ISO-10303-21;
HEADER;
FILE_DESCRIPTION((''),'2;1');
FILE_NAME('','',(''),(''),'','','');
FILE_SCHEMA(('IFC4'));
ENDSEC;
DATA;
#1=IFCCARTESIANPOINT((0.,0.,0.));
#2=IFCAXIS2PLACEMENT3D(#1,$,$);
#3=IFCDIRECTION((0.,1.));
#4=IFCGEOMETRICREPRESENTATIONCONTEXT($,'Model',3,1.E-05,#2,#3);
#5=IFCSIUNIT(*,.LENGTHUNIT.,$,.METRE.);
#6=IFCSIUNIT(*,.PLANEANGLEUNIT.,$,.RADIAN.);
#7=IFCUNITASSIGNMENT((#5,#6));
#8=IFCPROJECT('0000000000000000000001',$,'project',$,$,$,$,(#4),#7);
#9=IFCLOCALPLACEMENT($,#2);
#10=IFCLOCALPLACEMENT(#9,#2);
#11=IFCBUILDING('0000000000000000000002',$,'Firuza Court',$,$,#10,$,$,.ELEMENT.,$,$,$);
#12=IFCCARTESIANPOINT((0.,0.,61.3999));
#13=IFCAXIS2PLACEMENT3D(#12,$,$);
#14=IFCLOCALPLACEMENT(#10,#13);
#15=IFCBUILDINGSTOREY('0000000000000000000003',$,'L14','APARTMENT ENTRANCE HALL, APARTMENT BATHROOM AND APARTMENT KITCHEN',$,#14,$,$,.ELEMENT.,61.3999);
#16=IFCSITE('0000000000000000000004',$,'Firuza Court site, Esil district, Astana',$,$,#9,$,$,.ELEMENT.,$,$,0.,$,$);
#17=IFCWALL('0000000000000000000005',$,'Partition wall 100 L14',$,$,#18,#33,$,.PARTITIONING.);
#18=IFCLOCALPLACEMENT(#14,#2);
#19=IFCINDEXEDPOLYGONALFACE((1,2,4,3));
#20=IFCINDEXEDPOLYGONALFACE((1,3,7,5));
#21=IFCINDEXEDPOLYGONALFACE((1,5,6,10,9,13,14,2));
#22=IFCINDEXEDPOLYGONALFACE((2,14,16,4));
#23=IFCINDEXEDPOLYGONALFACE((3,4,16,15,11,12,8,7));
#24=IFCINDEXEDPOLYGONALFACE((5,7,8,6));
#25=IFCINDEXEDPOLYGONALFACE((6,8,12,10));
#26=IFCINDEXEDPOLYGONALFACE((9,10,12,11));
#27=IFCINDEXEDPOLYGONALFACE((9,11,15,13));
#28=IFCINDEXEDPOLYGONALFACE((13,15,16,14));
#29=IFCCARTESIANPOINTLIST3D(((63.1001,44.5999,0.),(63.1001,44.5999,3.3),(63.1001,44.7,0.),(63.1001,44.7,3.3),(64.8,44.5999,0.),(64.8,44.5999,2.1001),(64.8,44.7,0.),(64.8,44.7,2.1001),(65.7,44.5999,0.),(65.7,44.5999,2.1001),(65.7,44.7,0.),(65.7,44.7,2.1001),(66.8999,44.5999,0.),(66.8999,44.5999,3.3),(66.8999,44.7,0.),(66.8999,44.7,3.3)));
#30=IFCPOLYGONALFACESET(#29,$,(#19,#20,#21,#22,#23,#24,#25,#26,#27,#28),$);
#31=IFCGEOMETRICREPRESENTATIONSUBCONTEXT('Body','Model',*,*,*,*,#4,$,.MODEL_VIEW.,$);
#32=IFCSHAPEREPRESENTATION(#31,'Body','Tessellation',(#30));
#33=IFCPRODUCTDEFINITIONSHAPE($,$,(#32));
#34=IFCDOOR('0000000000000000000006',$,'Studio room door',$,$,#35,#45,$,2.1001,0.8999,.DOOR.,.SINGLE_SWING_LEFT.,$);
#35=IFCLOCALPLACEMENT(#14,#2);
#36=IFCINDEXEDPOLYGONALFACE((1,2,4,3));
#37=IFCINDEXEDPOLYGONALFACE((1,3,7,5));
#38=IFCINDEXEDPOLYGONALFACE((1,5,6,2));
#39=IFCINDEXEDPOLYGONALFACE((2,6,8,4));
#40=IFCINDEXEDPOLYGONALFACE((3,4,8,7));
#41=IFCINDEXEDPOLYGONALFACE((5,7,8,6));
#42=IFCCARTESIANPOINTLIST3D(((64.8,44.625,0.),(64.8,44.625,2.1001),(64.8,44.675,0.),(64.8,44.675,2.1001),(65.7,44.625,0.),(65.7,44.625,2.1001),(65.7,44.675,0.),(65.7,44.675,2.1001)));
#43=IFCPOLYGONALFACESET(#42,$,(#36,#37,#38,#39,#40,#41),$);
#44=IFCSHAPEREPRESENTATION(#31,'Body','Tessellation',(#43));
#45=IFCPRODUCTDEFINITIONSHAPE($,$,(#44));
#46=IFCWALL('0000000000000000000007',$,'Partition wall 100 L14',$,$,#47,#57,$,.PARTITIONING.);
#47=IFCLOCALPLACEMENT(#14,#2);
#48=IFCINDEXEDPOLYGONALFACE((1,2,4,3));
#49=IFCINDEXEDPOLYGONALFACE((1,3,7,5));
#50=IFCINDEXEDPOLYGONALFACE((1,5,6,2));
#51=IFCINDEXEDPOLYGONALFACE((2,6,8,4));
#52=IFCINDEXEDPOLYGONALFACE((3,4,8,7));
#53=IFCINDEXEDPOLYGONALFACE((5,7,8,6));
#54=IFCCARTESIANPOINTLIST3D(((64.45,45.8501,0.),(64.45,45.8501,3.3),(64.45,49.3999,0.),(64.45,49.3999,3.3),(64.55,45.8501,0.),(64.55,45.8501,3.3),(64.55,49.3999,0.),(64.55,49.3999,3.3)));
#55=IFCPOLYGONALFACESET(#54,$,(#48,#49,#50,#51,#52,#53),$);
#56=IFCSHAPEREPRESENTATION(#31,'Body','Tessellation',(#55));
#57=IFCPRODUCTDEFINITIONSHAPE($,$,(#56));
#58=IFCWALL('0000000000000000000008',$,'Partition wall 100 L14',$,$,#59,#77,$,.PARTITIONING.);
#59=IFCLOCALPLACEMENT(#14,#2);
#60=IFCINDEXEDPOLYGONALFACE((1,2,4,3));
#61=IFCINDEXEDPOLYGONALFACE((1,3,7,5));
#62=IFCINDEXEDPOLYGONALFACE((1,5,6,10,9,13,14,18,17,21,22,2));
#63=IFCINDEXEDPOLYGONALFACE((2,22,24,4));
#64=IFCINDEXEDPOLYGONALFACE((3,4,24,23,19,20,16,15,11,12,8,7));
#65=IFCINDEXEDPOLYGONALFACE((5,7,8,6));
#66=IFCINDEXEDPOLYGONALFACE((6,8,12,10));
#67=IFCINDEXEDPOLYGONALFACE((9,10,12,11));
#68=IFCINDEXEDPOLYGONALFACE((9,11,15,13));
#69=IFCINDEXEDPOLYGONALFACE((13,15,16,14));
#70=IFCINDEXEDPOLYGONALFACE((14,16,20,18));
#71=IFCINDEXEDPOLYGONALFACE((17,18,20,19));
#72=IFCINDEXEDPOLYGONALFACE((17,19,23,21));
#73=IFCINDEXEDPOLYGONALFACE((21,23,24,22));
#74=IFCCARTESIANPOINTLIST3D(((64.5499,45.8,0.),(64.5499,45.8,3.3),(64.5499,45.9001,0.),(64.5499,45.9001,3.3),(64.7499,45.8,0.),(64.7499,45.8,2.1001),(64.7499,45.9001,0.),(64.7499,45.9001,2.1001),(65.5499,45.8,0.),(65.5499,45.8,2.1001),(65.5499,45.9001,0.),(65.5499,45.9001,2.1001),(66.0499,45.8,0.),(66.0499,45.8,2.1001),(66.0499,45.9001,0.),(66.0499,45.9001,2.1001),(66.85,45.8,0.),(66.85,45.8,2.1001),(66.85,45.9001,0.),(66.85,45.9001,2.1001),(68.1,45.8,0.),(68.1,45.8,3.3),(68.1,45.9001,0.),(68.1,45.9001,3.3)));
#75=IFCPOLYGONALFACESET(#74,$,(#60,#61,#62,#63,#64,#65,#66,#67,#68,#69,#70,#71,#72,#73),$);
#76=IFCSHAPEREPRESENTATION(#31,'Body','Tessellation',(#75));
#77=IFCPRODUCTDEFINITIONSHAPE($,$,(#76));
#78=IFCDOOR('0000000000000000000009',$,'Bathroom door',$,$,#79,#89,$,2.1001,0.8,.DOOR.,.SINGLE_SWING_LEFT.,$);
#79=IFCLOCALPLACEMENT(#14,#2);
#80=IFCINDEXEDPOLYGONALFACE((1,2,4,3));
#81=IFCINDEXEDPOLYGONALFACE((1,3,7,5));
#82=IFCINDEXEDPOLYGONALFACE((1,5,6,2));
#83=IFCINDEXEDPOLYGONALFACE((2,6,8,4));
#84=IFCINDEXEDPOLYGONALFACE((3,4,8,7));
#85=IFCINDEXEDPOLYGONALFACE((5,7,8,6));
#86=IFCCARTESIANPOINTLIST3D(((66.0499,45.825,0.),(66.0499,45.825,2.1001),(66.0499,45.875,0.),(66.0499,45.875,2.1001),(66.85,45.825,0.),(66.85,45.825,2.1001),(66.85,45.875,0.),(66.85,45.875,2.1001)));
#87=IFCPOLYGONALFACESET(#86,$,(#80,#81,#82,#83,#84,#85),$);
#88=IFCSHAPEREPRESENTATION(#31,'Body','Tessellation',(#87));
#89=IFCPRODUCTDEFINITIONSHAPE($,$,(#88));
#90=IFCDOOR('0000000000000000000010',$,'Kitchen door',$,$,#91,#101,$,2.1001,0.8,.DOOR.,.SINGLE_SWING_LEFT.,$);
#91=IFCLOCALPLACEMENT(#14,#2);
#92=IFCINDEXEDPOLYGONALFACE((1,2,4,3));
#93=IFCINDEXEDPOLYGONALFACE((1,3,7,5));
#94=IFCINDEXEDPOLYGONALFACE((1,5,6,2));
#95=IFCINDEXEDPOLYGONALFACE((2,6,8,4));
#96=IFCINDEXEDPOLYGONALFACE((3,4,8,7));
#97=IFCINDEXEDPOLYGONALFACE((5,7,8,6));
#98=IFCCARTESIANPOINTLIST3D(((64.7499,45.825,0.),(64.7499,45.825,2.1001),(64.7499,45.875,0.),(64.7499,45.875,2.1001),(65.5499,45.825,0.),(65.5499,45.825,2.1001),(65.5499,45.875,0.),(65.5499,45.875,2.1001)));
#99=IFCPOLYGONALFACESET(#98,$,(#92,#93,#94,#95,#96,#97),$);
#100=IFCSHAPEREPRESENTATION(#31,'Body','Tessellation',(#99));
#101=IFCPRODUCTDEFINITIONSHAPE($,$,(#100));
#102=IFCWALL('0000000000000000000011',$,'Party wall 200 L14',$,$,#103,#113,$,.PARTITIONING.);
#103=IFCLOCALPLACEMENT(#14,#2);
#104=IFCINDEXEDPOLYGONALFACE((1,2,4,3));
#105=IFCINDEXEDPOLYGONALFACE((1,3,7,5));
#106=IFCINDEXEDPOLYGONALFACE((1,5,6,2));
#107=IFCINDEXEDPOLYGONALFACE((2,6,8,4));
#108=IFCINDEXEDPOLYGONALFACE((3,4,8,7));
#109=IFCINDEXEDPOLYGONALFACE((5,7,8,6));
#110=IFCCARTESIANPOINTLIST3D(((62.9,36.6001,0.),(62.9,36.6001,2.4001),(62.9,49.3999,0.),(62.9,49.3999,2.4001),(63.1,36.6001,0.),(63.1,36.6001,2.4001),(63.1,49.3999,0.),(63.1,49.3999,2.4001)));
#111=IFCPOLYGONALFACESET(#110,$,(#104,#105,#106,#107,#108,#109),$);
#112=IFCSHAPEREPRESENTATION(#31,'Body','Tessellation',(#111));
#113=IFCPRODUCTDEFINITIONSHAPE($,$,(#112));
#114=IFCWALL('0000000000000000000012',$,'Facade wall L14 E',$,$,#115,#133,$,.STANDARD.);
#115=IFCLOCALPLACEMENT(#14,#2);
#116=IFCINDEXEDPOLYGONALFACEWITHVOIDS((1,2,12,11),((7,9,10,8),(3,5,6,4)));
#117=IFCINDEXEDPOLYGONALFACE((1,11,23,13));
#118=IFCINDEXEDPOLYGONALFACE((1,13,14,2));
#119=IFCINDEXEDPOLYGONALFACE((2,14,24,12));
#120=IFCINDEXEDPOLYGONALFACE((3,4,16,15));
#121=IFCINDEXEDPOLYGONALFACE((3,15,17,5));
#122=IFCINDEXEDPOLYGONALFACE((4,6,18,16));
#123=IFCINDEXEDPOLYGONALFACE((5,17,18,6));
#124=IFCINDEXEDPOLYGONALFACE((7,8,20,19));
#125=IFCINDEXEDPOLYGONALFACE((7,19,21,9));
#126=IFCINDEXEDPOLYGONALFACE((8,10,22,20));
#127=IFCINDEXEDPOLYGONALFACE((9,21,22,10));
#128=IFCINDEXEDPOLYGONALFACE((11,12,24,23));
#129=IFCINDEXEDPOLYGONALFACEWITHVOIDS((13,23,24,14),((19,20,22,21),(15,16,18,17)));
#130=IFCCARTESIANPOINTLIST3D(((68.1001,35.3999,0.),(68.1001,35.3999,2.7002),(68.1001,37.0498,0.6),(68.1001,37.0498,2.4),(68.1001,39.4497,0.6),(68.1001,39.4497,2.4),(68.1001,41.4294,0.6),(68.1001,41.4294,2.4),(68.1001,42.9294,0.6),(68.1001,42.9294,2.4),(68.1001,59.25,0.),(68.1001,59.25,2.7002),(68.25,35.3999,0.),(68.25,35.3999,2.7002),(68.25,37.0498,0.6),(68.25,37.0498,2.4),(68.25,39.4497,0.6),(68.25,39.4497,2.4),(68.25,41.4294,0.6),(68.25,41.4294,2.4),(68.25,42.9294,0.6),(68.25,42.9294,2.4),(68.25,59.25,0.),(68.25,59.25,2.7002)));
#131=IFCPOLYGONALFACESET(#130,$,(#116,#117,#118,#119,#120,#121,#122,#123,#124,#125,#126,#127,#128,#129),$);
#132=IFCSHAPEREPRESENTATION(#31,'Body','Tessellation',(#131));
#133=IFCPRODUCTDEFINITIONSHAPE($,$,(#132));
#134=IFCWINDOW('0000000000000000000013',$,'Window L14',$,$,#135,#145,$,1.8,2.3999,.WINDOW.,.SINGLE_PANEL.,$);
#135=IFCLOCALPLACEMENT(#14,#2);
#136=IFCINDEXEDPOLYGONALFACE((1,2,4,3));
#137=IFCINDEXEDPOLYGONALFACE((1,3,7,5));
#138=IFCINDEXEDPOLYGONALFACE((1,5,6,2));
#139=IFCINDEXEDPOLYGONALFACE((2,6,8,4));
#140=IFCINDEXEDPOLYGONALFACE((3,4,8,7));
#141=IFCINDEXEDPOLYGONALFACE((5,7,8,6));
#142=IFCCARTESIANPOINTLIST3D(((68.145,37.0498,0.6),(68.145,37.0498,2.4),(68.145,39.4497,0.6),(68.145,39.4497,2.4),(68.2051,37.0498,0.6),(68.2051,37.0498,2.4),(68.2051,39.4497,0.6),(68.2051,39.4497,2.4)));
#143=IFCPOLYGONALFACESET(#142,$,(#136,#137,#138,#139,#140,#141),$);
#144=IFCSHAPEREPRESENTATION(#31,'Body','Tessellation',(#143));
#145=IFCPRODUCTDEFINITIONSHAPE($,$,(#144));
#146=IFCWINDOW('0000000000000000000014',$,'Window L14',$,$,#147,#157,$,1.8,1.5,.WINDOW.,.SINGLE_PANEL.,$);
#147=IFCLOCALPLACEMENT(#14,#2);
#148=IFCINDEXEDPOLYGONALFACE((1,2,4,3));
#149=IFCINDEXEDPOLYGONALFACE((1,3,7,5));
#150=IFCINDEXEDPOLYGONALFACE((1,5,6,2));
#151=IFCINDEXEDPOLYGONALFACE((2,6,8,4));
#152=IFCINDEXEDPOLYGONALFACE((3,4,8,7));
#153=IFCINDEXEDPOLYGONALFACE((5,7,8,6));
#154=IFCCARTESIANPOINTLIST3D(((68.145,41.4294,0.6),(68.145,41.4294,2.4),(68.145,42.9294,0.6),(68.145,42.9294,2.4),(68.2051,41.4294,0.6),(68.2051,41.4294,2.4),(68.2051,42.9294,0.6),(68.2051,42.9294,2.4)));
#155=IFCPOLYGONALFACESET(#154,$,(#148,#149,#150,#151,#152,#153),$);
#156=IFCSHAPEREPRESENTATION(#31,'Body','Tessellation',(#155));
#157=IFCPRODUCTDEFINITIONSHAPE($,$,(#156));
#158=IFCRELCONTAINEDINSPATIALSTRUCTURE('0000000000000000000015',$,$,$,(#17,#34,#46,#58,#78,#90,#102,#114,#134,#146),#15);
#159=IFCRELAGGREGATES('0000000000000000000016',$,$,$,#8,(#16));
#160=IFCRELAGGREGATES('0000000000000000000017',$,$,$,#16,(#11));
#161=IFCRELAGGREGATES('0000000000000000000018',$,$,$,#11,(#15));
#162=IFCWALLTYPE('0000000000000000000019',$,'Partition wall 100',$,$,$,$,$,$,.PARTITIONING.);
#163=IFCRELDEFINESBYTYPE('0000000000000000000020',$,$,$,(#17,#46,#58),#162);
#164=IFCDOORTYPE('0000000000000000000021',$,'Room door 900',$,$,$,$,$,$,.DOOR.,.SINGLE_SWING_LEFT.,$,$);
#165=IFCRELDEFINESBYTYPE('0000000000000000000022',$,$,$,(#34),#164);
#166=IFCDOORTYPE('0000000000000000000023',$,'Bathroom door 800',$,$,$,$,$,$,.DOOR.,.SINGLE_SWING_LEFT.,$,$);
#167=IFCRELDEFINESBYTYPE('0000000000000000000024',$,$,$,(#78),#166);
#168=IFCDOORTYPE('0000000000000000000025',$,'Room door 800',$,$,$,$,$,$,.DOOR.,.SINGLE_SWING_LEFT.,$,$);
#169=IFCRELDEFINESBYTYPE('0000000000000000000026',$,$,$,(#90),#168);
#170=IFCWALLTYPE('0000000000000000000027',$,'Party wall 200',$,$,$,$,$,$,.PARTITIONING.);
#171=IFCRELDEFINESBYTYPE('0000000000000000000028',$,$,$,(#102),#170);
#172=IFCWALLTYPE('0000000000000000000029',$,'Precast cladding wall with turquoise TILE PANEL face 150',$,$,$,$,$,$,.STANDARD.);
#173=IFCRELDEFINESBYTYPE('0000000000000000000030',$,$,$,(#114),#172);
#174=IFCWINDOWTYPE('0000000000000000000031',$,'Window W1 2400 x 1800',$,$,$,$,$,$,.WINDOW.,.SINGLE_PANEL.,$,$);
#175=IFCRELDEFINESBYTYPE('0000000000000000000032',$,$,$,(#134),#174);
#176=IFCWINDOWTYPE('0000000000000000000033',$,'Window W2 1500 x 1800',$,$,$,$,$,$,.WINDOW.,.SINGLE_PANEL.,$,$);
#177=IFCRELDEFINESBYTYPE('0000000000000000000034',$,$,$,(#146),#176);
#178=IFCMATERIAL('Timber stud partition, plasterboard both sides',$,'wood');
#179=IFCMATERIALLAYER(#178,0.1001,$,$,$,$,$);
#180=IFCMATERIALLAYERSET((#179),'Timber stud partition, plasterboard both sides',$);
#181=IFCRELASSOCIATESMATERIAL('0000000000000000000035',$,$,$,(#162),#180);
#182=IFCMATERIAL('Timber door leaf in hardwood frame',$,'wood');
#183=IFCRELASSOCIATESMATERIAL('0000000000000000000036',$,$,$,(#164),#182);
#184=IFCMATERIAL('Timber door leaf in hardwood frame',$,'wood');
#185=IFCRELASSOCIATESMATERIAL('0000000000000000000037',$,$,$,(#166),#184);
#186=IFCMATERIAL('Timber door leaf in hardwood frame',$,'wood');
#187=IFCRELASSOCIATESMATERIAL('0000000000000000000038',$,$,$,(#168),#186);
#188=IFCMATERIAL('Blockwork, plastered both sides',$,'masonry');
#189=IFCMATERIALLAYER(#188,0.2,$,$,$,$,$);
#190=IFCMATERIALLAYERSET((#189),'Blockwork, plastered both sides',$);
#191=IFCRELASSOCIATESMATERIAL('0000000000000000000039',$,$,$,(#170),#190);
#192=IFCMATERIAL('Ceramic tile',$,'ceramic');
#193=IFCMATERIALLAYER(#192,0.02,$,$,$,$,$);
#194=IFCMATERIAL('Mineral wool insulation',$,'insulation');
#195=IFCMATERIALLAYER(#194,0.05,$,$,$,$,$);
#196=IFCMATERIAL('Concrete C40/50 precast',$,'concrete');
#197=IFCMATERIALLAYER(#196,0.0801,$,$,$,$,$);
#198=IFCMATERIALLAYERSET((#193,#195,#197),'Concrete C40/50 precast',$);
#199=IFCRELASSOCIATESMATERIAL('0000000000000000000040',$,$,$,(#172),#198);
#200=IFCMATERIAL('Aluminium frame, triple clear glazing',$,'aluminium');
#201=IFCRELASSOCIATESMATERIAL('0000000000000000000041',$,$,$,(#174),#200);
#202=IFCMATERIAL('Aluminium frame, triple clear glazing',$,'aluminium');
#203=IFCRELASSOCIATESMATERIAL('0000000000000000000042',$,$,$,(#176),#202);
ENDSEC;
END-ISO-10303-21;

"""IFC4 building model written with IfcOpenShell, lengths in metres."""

from ifc_helpers import new_model, si_unit, direction, frame, frame_2d, origin, place, context, subcontext, project, spatial, rectangle, extrude, material, layer, layer_set, type_object, element, fill, save


model = new_model("IFC4")

# Units and contexts
model_context = context("Model", 3, precision=1e-05, world=origin(), true_north=direction((0.0, 1.0)))
body_context = subcontext(model_context, "Body", "Model", "MODEL_VIEW")
ifc_project = project(units=[si_unit("LENGTHUNIT", "METRE"), si_unit("PLANEANGLEUNIT", "RADIAN")], contexts=[model_context])

# Site, building, storey
site_placement = place(None, origin())
site = spatial("IfcSite", under=ifc_project, at=site_placement, Name="Firuza Court site, Esil district, Astana", CompositionType="ELEMENT", RefElevation=0.0)
building_placement = place(site_placement, origin())
building = spatial("IfcBuilding", under=site, at=building_placement, Name="Firuza Court", CompositionType="ELEMENT")
storey_placement = place(building_placement, frame((0.0, 0.0, 61.3999)))
storey = spatial("IfcBuildingStorey", under=building, at=storey_placement, Name="L14", Description="APARTMENT ENTRANCE HALL, APARTMENT BATHROOM AND APARTMENT KITCHEN", CompositionType="ELEMENT", Elevation=61.3999)

# Shared definitions
ifc_material_1 = material(Name="Timber stud partition, plasterboard both sides", Category="wood")
ifc_layer_1 = layer(ifc_material_1, 0.1001)
ifc_layer_set_1 = layer_set([ifc_layer_1], Name="Timber stud partition, plasterboard both sides")
wall_type_1 = type_object("IfcWallType", Name="Partition wall 100", PredefinedType="PARTITIONING", material=ifc_layer_set_1)

# Wall, opening, door
wall_1_placement = place(storey_placement, frame((63.1001, 44.6499, 0.0), z_axis=(0.0, 0.0, 1.0), x_axis=(1.0, 0.0, 0.0)))
wall_1 = element("IfcWall", 1, at=wall_1_placement, inside=storey, type_object=wall_type_1, Name="Partition wall 100 L14", PredefinedType="PARTITIONING", context=body_context, shape_type="SweptSolid", body=[
    extrude(rectangle(XDim=3.7998, YDim=0.1001, at=frame_2d((1.8999, 0.0))), origin(), (0.0, 0.0, 1.0), 3.3),
])
opening_1_placement = place(wall_1_placement, frame((1.7, 0.0, 0.0)))
opening_1 = element("IfcOpeningElement", 2, at=opening_1_placement, cuts=wall_1, PredefinedType="OPENING", context=body_context, shape_type="SweptSolid", body=[
    extrude(rectangle(XDim=0.8999, YDim=2.1001, at=frame_2d((0.45, 1.05))), frame((0.0, 0.062, 0.0), z_axis=(0.0, -1.0, 0.0), x_axis=(1.0, 0.0, 0.0)), (0.0, 0.0, 1.0), 0.124),
])
ifc_material_2 = material(Name="Timber door leaf in hardwood frame", Category="wood")
door_type_1 = type_object("IfcDoorType", Name="Room door 900", OperationType="SINGLE_SWING_LEFT", PredefinedType="DOOR", material=ifc_material_2)
door_1_placement = place(opening_1_placement, frame((0.8999, 0.0, 0.0), z_axis=(0.0, 0.0, 1.0), x_axis=(-1.0, 0.0, 0.0)))
door_1 = element("IfcDoor", 3, at=door_1_placement, inside=storey, type_object=door_type_1, Name="Studio room door", OperationType="SINGLE_SWING_LEFT", OverallHeight=2.1001, OverallWidth=0.8999, PredefinedType="DOOR", context=body_context, shape_type="SweptSolid", body=[
    extrude(rectangle(XDim=0.8999, YDim=2.1001, at=frame_2d((0.45, 1.05))), frame((0.0, 0.0249, 0.0), z_axis=(0.0, -1.0, 0.0), x_axis=(1.0, 0.0, 0.0)), (0.0, 0.0, 1.0), 0.05),
])
fill(opening_1, door_1)

# Wall
wall_2_placement = place(storey_placement, frame((64.5, 45.8501, 0.0), z_axis=(0.0, 0.0, 1.0), x_axis=(0.0, 1.0, 0.0)))
element("IfcWall", 4, at=wall_2_placement, inside=storey, type_object=wall_type_1, Name="Partition wall 100 L14", PredefinedType="PARTITIONING", context=body_context, shape_type="SweptSolid", body=[
    extrude(rectangle(XDim=3.5498, YDim=0.1001, at=frame_2d((1.7749, 0.0))), origin(), (0.0, 0.0, 1.0), 3.3),
])

# Wall, openings, doors
wall_3_placement = place(storey_placement, frame((64.55, 45.8501, 0.0), z_axis=(0.0, 0.0, 1.0), x_axis=(1.0, 0.0, 0.0)))
wall_3 = element("IfcWall", 5, at=wall_3_placement, inside=storey, type_object=wall_type_1, Name="Partition wall 100 L14", PredefinedType="PARTITIONING", context=body_context, shape_type="SweptSolid", body=[
    extrude(rectangle(XDim=3.55, YDim=0.1001, at=frame_2d((1.7749, 0.0))), origin(), (0.0, 0.0, 1.0), 3.3),
])
opening_2_placement = place(wall_3_placement, frame((1.5, 0.0, 0.0)))
opening_2 = element("IfcOpeningElement", 6, at=opening_2_placement, cuts=wall_3, PredefinedType="OPENING", context=body_context, shape_type="SweptSolid", body=[
    extrude(rectangle(XDim=0.8, YDim=2.1001, at=frame_2d((0.3999, 1.05))), frame((0.0, 0.062, 0.0), z_axis=(0.0, -1.0, 0.0), x_axis=(1.0, 0.0, 0.0)), (0.0, 0.0, 1.0), 0.124),
])
opening_3_placement = place(wall_3_placement, frame((0.2, 0.0, 0.0)))
opening_3 = element("IfcOpeningElement", 7, at=opening_3_placement, cuts=wall_3, PredefinedType="OPENING", context=body_context, shape_type="SweptSolid", body=[
    extrude(rectangle(XDim=0.8, YDim=2.1001, at=frame_2d((0.3999, 1.05))), frame((0.0, 0.062, 0.0), z_axis=(0.0, -1.0, 0.0), x_axis=(1.0, 0.0, 0.0)), (0.0, 0.0, 1.0), 0.124),
])
ifc_material_3 = material(Name="Timber door leaf in hardwood frame", Category="wood")
door_type_2 = type_object("IfcDoorType", Name="Bathroom door 800", OperationType="SINGLE_SWING_LEFT", PredefinedType="DOOR", material=ifc_material_3)
door_2_placement = place(opening_2_placement, origin())
door_2 = element("IfcDoor", 8, at=door_2_placement, inside=storey, type_object=door_type_2, Name="Bathroom door", OperationType="SINGLE_SWING_LEFT", OverallHeight=2.1001, OverallWidth=0.8, PredefinedType="DOOR", context=body_context, shape_type="SweptSolid", body=[
    extrude(rectangle(XDim=0.8, YDim=2.1001, at=frame_2d((0.3999, 1.05))), frame((0.0, 0.0249, 0.0), z_axis=(0.0, -1.0, 0.0), x_axis=(1.0, 0.0, 0.0)), (0.0, 0.0, 1.0), 0.05),
])
fill(opening_2, door_2)
ifc_material_4 = material(Name="Timber door leaf in hardwood frame", Category="wood")
door_type_3 = type_object("IfcDoorType", Name="Room door 800", OperationType="SINGLE_SWING_LEFT", PredefinedType="DOOR", material=ifc_material_4)
door_3_placement = place(opening_3_placement, origin())
door_3 = element("IfcDoor", 9, at=door_3_placement, inside=storey, type_object=door_type_3, Name="Kitchen door", OperationType="SINGLE_SWING_LEFT", OverallHeight=2.1001, OverallWidth=0.8, PredefinedType="DOOR", context=body_context, shape_type="SweptSolid", body=[
    extrude(rectangle(XDim=0.8, YDim=2.1001, at=frame_2d((0.3999, 1.05))), frame((0.0, 0.0249, 0.0), z_axis=(0.0, -1.0, 0.0), x_axis=(1.0, 0.0, 0.0)), (0.0, 0.0, 1.0), 0.05),
])
fill(opening_3, door_3)

# Wall
ifc_material_5 = material(Name="Blockwork, plastered both sides", Category="masonry")
ifc_layer_2 = layer(ifc_material_5, 0.2)
ifc_layer_set_2 = layer_set([ifc_layer_2], Name="Blockwork, plastered both sides")
wall_type_2 = type_object("IfcWallType", Name="Party wall 200", PredefinedType="PARTITIONING", material=ifc_layer_set_2)
wall_4_placement = place(storey_placement, frame((63.0, 36.6001, 0.0), z_axis=(0.0, 0.0, 1.0), x_axis=(0.0, 1.0, 0.0)))
element("IfcWall", 10, at=wall_4_placement, inside=storey, type_object=wall_type_2, Name="Party wall 200 L14", PredefinedType="PARTITIONING", context=body_context, shape_type="SweptSolid", body=[
    extrude(rectangle(XDim=12.7998, YDim=0.2, at=frame_2d((6.3999, 0.0))), origin(), (0.0, 0.0, 1.0), 2.4001),
])

# Wall, openings, windows
ifc_material_6 = material(Name="Ceramic tile", Category="ceramic")
ifc_layer_3 = layer(ifc_material_6, 0.02)
ifc_material_7 = material(Name="Mineral wool insulation", Category="insulation")
ifc_layer_4 = layer(ifc_material_7, 0.05)
ifc_material_8 = material(Name="Concrete C40/50 precast", Category="concrete")
ifc_layer_5 = layer(ifc_material_8, 0.0801)
ifc_layer_set_3 = layer_set([ifc_layer_3, ifc_layer_4, ifc_layer_5], Name="Concrete C40/50 precast")
wall_type_3 = type_object("IfcWallType", Name="Precast cladding wall with turquoise TILE PANEL face 150", PredefinedType="STANDARD", material=ifc_layer_set_3)
wall_5_placement = place(storey_placement, frame((68.175, 35.3999, 0.0), z_axis=(0.0, 0.0, 1.0), x_axis=(0.0, 1.0, 0.0)))
wall_5 = element("IfcWall", 11, at=wall_5_placement, inside=storey, type_object=wall_type_3, Name="Facade wall L14 E", PredefinedType="STANDARD", context=body_context, shape_type="SweptSolid", body=[
    extrude(rectangle(XDim=23.8501, YDim=0.1499, at=frame_2d((11.925, 0.0))), origin(), (0.0, 0.0, 1.0), 2.7002),
])
opening_4_placement = place(wall_5_placement, frame((1.6499, 0.0, 0.6001)))
opening_4 = element("IfcOpeningElement", 12, at=opening_4_placement, cuts=wall_5, PredefinedType="OPENING", context=body_context, shape_type="SweptSolid", body=[
    extrude(rectangle(XDim=2.3999, YDim=1.8, at=frame_2d((1.2, 0.8999))), frame((0.0, 0.0869, 0.0), z_axis=(0.0, -1.0, 0.0), x_axis=(1.0, 0.0, 0.0)), (0.0, 0.0, 1.0), 0.1738),
])
opening_5_placement = place(wall_5_placement, frame((6.0295, 0.0, 0.6001)))
opening_5 = element("IfcOpeningElement", 13, at=opening_5_placement, cuts=wall_5, PredefinedType="OPENING", context=body_context, shape_type="SweptSolid", body=[
    extrude(rectangle(XDim=1.5, YDim=1.8, at=frame_2d((0.75, 0.8999))), frame((0.0, 0.0869, 0.0), z_axis=(0.0, -1.0, 0.0), x_axis=(1.0, 0.0, 0.0)), (0.0, 0.0, 1.0), 0.1738),
])
ifc_material_9 = material(Name="Aluminium frame, triple clear glazing", Category="aluminium")
window_type_1 = type_object("IfcWindowType", Name="Window W1 2400 x 1800", PartitioningType="SINGLE_PANEL", PredefinedType="WINDOW", material=ifc_material_9)
window_1_placement = place(opening_4_placement, origin())
window_1 = element("IfcWindow", 14, at=window_1_placement, inside=storey, type_object=window_type_1, Name="Window L14", OverallHeight=1.8, OverallWidth=2.3999, PartitioningType="SINGLE_PANEL", PredefinedType="WINDOW", context=body_context, shape_type="SweptSolid", body=[
    extrude(rectangle(XDim=2.3999, YDim=1.8, at=frame_2d((1.2, 0.8999))), frame((0.0, 0.03, 0.0), z_axis=(0.0, -1.0, 0.0), x_axis=(1.0, 0.0, 0.0)), (0.0, 0.0, 1.0), 0.0601),
])
fill(opening_4, window_1)
ifc_material_10 = material(Name="Aluminium frame, triple clear glazing", Category="aluminium")
window_type_2 = type_object("IfcWindowType", Name="Window W2 1500 x 1800", PartitioningType="SINGLE_PANEL", PredefinedType="WINDOW", material=ifc_material_10)
window_2_placement = place(opening_5_placement, origin())
window_2 = element("IfcWindow", 15, at=window_2_placement, inside=storey, type_object=window_type_2, Name="Window L14", OverallHeight=1.8, OverallWidth=1.5, PartitioningType="SINGLE_PANEL", PredefinedType="WINDOW", context=body_context, shape_type="SweptSolid", body=[
    extrude(rectangle(XDim=1.5, YDim=1.8, at=frame_2d((0.75, 0.8999))), frame((0.0, 0.03, 0.0), z_axis=(0.0, -1.0, 0.0), x_axis=(1.0, 0.0, 0.0)), (0.0, 0.0, 1.0), 0.0601),
])
fill(opening_5, window_2)

save(model, "model.ifc")
